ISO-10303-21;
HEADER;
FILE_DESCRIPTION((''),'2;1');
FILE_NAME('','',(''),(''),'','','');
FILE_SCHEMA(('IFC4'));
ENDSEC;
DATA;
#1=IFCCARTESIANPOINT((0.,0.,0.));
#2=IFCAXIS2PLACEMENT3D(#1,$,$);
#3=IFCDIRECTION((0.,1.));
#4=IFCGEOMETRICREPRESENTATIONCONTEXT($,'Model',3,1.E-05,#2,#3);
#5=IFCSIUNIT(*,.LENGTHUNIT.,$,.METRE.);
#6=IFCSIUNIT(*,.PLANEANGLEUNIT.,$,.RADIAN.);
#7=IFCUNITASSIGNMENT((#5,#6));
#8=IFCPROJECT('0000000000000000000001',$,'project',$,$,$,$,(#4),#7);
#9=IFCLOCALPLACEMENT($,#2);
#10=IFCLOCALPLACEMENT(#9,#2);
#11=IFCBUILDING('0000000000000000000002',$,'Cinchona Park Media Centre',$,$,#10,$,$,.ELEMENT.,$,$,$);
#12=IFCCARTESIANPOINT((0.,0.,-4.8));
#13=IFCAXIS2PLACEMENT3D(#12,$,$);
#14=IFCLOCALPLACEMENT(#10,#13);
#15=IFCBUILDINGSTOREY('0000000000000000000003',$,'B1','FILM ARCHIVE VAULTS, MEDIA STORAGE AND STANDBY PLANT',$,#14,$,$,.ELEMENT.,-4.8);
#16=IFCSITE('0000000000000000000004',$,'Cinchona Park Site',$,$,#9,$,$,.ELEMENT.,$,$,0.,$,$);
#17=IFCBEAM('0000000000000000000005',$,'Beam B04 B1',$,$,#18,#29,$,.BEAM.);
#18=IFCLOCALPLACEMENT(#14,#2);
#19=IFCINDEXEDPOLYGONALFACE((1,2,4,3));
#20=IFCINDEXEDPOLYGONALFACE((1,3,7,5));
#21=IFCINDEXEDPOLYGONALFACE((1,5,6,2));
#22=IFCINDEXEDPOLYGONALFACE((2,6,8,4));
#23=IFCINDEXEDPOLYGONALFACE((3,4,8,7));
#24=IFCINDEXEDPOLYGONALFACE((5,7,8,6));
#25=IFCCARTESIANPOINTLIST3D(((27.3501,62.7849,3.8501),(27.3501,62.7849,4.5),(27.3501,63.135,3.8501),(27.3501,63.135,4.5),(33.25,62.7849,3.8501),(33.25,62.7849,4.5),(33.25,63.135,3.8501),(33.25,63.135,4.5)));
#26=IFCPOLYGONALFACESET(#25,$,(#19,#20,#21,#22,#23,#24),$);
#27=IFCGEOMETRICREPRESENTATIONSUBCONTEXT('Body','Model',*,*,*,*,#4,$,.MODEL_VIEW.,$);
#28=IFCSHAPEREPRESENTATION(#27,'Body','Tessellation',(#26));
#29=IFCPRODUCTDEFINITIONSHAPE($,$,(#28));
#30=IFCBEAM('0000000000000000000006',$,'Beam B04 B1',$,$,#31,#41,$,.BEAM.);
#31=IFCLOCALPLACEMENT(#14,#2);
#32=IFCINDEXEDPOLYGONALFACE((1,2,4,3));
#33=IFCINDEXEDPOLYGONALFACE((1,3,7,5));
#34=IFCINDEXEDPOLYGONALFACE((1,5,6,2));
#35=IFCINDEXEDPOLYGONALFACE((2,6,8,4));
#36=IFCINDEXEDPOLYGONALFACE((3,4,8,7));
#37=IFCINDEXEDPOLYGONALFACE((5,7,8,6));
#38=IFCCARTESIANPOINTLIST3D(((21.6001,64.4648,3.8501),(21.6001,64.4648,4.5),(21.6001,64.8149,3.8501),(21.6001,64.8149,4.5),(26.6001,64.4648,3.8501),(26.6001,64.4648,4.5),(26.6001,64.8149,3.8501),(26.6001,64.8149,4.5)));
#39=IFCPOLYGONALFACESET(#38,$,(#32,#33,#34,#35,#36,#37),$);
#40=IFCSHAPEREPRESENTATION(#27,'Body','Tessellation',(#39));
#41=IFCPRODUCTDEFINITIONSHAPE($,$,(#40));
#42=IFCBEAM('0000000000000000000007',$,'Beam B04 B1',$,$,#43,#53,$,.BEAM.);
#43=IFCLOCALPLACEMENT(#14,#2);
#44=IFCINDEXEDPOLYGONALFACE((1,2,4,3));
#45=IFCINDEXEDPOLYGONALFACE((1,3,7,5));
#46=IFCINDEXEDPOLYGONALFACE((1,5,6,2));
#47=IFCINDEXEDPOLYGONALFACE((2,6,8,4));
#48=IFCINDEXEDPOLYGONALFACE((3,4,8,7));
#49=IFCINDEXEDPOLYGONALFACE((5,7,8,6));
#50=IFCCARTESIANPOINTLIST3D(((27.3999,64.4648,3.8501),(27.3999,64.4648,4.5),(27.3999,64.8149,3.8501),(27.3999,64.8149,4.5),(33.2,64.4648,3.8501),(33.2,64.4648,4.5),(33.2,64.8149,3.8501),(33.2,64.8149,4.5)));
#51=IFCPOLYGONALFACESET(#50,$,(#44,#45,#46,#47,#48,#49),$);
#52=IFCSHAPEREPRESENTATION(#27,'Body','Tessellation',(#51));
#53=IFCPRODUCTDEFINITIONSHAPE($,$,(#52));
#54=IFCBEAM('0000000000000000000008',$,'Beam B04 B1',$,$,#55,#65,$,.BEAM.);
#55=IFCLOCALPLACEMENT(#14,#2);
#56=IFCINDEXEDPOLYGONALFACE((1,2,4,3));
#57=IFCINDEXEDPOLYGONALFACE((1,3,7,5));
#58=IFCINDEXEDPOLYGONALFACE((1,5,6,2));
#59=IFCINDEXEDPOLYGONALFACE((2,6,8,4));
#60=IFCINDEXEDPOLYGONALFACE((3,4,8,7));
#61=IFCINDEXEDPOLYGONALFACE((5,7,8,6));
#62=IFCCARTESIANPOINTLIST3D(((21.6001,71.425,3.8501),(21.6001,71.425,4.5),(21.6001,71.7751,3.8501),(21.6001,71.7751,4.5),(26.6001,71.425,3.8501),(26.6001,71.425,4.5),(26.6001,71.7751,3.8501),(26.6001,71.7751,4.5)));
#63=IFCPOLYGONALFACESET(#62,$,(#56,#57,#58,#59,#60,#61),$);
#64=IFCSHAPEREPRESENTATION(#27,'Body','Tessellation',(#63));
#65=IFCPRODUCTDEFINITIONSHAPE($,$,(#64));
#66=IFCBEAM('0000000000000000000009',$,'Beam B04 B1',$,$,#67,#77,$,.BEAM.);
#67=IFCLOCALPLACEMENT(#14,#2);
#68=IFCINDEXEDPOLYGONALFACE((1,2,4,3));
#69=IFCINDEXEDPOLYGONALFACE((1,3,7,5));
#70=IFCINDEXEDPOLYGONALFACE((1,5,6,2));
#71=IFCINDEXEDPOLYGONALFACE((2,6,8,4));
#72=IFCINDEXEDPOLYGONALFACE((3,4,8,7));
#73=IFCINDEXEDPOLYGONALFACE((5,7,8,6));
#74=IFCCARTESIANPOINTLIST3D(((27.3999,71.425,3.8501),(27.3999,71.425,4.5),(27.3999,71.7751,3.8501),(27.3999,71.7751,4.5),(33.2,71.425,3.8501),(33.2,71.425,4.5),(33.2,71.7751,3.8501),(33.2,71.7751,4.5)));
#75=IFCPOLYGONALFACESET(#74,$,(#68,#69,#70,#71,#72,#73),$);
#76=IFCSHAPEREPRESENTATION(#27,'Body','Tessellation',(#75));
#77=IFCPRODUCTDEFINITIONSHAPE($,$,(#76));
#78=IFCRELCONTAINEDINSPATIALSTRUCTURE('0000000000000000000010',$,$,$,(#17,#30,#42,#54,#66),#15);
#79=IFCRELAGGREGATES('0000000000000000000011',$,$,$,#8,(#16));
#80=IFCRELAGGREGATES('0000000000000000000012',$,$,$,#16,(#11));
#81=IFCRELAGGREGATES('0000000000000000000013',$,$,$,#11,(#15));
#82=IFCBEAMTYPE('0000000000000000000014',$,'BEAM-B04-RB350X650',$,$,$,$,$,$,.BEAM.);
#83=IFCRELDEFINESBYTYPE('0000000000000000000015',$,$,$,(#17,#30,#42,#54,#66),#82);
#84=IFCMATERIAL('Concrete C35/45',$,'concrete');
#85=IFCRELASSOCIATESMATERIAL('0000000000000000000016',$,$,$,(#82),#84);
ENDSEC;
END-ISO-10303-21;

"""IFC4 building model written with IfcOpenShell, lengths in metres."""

from ifc_helpers import new_model, si_unit, direction, frame, origin, origin_2d, place, context, subcontext, project, spatial, rectangle, extrude, material, material_profile, profile_set, type_object, element, save


model = new_model("IFC4")

# Units and contexts
model_context = context("Model", 3, precision=1e-05, world=origin(), true_north=direction((0.0, 1.0)))
body_context = subcontext(model_context, "Body", "Model", "MODEL_VIEW")
ifc_project = project(units=[si_unit("LENGTHUNIT", "METRE"), si_unit("PLANEANGLEUNIT", "RADIAN")], contexts=[model_context])

# Site, building, storey
site_placement = place(None, origin())
site = spatial("IfcSite", under=ifc_project, at=site_placement, Name="Cinchona Park Site", CompositionType="ELEMENT", RefElevation=0.0)
building_placement = place(site_placement, origin())
building = spatial("IfcBuilding", under=site, at=building_placement, Name="Cinchona Park Media Centre", CompositionType="ELEMENT")
storey_placement = place(building_placement, frame((0.0, 0.0, -4.8)))
storey = spatial("IfcBuildingStorey", under=building, at=storey_placement, Name="B1", Description="FILM ARCHIVE VAULTS, MEDIA STORAGE AND STANDBY PLANT", CompositionType="ELEMENT", Elevation=-4.8)

# Beams
ifc_material_1 = material(Name="Concrete C35/45", Category="concrete")
ifc_material_profile_1 = material_profile(ifc_material_1, rectangle(XDim=0.3501, YDim=0.6499, at=origin_2d()), Name="RB 350X650")
ifc_profile_set_1 = profile_set([ifc_material_profile_1], Name="Concrete C35/45")
beam_type_1 = type_object("IfcBeamType", Name="BEAM-B04-RB350X650", PredefinedType="BEAM", material=ifc_profile_set_1)
beam_1_placement = place(storey_placement, frame((27.3501, 62.96, 4.175), z_axis=(1.0, 0.0, 0.0), x_axis=(0.0, 1.0, 0.0)))
element("IfcBeam", 1, at=beam_1_placement, inside=storey, type_object=beam_type_1, Name="Beam B04 B1", PredefinedType="BEAM", context=body_context, shape_type="SweptSolid", body=[
    extrude(rectangle(XDim=0.3501, YDim=0.6499, at=origin_2d()), origin(), (0.0, 0.0, 1.0), 5.8999),
])
beam_2_placement = place(storey_placement, frame((21.6001, 64.6399, 4.175), z_axis=(1.0, 0.0, 0.0), x_axis=(0.0, 1.0, 0.0)))
element("IfcBeam", 2, at=beam_2_placement, inside=storey, type_object=beam_type_1, Name="Beam B04 B1", PredefinedType="BEAM", context=body_context, shape_type="SweptSolid", body=[
    extrude(rectangle(XDim=0.3501, YDim=0.6499, at=origin_2d()), origin(), (0.0, 0.0, 1.0), 5.0),
])
beam_3_placement = place(storey_placement, frame((27.3999, 64.6399, 4.175), z_axis=(1.0, 0.0, 0.0), x_axis=(0.0, 1.0, 0.0)))
element("IfcBeam", 3, at=beam_3_placement, inside=storey, type_object=beam_type_1, Name="Beam B04 B1", PredefinedType="BEAM", context=body_context, shape_type="SweptSolid", body=[
    extrude(rectangle(XDim=0.3501, YDim=0.6499, at=origin_2d()), origin(), (0.0, 0.0, 1.0), 5.8),
])
beam_4_placement = place(storey_placement, frame((21.6001, 71.6001, 4.175), z_axis=(1.0, 0.0, 0.0), x_axis=(0.0, 1.0, 0.0)))
element("IfcBeam", 4, at=beam_4_placement, inside=storey, type_object=beam_type_1, Name="Beam B04 B1", PredefinedType="BEAM", context=body_context, shape_type="SweptSolid", body=[
    extrude(rectangle(XDim=0.3501, YDim=0.6499, at=origin_2d()), origin(), (0.0, 0.0, 1.0), 5.0),
])
beam_5_placement = place(storey_placement, frame((27.3999, 71.6001, 4.175), z_axis=(1.0, 0.0, 0.0), x_axis=(0.0, 1.0, 0.0)))
element("IfcBeam", 5, at=beam_5_placement, inside=storey, type_object=beam_type_1, Name="Beam B04 B1", PredefinedType="BEAM", context=body_context, shape_type="SweptSolid", body=[
    extrude(rectangle(XDim=0.3501, YDim=0.6499, at=origin_2d()), origin(), (0.0, 0.0, 1.0), 5.8),
])

save(model, "model.ifc")
